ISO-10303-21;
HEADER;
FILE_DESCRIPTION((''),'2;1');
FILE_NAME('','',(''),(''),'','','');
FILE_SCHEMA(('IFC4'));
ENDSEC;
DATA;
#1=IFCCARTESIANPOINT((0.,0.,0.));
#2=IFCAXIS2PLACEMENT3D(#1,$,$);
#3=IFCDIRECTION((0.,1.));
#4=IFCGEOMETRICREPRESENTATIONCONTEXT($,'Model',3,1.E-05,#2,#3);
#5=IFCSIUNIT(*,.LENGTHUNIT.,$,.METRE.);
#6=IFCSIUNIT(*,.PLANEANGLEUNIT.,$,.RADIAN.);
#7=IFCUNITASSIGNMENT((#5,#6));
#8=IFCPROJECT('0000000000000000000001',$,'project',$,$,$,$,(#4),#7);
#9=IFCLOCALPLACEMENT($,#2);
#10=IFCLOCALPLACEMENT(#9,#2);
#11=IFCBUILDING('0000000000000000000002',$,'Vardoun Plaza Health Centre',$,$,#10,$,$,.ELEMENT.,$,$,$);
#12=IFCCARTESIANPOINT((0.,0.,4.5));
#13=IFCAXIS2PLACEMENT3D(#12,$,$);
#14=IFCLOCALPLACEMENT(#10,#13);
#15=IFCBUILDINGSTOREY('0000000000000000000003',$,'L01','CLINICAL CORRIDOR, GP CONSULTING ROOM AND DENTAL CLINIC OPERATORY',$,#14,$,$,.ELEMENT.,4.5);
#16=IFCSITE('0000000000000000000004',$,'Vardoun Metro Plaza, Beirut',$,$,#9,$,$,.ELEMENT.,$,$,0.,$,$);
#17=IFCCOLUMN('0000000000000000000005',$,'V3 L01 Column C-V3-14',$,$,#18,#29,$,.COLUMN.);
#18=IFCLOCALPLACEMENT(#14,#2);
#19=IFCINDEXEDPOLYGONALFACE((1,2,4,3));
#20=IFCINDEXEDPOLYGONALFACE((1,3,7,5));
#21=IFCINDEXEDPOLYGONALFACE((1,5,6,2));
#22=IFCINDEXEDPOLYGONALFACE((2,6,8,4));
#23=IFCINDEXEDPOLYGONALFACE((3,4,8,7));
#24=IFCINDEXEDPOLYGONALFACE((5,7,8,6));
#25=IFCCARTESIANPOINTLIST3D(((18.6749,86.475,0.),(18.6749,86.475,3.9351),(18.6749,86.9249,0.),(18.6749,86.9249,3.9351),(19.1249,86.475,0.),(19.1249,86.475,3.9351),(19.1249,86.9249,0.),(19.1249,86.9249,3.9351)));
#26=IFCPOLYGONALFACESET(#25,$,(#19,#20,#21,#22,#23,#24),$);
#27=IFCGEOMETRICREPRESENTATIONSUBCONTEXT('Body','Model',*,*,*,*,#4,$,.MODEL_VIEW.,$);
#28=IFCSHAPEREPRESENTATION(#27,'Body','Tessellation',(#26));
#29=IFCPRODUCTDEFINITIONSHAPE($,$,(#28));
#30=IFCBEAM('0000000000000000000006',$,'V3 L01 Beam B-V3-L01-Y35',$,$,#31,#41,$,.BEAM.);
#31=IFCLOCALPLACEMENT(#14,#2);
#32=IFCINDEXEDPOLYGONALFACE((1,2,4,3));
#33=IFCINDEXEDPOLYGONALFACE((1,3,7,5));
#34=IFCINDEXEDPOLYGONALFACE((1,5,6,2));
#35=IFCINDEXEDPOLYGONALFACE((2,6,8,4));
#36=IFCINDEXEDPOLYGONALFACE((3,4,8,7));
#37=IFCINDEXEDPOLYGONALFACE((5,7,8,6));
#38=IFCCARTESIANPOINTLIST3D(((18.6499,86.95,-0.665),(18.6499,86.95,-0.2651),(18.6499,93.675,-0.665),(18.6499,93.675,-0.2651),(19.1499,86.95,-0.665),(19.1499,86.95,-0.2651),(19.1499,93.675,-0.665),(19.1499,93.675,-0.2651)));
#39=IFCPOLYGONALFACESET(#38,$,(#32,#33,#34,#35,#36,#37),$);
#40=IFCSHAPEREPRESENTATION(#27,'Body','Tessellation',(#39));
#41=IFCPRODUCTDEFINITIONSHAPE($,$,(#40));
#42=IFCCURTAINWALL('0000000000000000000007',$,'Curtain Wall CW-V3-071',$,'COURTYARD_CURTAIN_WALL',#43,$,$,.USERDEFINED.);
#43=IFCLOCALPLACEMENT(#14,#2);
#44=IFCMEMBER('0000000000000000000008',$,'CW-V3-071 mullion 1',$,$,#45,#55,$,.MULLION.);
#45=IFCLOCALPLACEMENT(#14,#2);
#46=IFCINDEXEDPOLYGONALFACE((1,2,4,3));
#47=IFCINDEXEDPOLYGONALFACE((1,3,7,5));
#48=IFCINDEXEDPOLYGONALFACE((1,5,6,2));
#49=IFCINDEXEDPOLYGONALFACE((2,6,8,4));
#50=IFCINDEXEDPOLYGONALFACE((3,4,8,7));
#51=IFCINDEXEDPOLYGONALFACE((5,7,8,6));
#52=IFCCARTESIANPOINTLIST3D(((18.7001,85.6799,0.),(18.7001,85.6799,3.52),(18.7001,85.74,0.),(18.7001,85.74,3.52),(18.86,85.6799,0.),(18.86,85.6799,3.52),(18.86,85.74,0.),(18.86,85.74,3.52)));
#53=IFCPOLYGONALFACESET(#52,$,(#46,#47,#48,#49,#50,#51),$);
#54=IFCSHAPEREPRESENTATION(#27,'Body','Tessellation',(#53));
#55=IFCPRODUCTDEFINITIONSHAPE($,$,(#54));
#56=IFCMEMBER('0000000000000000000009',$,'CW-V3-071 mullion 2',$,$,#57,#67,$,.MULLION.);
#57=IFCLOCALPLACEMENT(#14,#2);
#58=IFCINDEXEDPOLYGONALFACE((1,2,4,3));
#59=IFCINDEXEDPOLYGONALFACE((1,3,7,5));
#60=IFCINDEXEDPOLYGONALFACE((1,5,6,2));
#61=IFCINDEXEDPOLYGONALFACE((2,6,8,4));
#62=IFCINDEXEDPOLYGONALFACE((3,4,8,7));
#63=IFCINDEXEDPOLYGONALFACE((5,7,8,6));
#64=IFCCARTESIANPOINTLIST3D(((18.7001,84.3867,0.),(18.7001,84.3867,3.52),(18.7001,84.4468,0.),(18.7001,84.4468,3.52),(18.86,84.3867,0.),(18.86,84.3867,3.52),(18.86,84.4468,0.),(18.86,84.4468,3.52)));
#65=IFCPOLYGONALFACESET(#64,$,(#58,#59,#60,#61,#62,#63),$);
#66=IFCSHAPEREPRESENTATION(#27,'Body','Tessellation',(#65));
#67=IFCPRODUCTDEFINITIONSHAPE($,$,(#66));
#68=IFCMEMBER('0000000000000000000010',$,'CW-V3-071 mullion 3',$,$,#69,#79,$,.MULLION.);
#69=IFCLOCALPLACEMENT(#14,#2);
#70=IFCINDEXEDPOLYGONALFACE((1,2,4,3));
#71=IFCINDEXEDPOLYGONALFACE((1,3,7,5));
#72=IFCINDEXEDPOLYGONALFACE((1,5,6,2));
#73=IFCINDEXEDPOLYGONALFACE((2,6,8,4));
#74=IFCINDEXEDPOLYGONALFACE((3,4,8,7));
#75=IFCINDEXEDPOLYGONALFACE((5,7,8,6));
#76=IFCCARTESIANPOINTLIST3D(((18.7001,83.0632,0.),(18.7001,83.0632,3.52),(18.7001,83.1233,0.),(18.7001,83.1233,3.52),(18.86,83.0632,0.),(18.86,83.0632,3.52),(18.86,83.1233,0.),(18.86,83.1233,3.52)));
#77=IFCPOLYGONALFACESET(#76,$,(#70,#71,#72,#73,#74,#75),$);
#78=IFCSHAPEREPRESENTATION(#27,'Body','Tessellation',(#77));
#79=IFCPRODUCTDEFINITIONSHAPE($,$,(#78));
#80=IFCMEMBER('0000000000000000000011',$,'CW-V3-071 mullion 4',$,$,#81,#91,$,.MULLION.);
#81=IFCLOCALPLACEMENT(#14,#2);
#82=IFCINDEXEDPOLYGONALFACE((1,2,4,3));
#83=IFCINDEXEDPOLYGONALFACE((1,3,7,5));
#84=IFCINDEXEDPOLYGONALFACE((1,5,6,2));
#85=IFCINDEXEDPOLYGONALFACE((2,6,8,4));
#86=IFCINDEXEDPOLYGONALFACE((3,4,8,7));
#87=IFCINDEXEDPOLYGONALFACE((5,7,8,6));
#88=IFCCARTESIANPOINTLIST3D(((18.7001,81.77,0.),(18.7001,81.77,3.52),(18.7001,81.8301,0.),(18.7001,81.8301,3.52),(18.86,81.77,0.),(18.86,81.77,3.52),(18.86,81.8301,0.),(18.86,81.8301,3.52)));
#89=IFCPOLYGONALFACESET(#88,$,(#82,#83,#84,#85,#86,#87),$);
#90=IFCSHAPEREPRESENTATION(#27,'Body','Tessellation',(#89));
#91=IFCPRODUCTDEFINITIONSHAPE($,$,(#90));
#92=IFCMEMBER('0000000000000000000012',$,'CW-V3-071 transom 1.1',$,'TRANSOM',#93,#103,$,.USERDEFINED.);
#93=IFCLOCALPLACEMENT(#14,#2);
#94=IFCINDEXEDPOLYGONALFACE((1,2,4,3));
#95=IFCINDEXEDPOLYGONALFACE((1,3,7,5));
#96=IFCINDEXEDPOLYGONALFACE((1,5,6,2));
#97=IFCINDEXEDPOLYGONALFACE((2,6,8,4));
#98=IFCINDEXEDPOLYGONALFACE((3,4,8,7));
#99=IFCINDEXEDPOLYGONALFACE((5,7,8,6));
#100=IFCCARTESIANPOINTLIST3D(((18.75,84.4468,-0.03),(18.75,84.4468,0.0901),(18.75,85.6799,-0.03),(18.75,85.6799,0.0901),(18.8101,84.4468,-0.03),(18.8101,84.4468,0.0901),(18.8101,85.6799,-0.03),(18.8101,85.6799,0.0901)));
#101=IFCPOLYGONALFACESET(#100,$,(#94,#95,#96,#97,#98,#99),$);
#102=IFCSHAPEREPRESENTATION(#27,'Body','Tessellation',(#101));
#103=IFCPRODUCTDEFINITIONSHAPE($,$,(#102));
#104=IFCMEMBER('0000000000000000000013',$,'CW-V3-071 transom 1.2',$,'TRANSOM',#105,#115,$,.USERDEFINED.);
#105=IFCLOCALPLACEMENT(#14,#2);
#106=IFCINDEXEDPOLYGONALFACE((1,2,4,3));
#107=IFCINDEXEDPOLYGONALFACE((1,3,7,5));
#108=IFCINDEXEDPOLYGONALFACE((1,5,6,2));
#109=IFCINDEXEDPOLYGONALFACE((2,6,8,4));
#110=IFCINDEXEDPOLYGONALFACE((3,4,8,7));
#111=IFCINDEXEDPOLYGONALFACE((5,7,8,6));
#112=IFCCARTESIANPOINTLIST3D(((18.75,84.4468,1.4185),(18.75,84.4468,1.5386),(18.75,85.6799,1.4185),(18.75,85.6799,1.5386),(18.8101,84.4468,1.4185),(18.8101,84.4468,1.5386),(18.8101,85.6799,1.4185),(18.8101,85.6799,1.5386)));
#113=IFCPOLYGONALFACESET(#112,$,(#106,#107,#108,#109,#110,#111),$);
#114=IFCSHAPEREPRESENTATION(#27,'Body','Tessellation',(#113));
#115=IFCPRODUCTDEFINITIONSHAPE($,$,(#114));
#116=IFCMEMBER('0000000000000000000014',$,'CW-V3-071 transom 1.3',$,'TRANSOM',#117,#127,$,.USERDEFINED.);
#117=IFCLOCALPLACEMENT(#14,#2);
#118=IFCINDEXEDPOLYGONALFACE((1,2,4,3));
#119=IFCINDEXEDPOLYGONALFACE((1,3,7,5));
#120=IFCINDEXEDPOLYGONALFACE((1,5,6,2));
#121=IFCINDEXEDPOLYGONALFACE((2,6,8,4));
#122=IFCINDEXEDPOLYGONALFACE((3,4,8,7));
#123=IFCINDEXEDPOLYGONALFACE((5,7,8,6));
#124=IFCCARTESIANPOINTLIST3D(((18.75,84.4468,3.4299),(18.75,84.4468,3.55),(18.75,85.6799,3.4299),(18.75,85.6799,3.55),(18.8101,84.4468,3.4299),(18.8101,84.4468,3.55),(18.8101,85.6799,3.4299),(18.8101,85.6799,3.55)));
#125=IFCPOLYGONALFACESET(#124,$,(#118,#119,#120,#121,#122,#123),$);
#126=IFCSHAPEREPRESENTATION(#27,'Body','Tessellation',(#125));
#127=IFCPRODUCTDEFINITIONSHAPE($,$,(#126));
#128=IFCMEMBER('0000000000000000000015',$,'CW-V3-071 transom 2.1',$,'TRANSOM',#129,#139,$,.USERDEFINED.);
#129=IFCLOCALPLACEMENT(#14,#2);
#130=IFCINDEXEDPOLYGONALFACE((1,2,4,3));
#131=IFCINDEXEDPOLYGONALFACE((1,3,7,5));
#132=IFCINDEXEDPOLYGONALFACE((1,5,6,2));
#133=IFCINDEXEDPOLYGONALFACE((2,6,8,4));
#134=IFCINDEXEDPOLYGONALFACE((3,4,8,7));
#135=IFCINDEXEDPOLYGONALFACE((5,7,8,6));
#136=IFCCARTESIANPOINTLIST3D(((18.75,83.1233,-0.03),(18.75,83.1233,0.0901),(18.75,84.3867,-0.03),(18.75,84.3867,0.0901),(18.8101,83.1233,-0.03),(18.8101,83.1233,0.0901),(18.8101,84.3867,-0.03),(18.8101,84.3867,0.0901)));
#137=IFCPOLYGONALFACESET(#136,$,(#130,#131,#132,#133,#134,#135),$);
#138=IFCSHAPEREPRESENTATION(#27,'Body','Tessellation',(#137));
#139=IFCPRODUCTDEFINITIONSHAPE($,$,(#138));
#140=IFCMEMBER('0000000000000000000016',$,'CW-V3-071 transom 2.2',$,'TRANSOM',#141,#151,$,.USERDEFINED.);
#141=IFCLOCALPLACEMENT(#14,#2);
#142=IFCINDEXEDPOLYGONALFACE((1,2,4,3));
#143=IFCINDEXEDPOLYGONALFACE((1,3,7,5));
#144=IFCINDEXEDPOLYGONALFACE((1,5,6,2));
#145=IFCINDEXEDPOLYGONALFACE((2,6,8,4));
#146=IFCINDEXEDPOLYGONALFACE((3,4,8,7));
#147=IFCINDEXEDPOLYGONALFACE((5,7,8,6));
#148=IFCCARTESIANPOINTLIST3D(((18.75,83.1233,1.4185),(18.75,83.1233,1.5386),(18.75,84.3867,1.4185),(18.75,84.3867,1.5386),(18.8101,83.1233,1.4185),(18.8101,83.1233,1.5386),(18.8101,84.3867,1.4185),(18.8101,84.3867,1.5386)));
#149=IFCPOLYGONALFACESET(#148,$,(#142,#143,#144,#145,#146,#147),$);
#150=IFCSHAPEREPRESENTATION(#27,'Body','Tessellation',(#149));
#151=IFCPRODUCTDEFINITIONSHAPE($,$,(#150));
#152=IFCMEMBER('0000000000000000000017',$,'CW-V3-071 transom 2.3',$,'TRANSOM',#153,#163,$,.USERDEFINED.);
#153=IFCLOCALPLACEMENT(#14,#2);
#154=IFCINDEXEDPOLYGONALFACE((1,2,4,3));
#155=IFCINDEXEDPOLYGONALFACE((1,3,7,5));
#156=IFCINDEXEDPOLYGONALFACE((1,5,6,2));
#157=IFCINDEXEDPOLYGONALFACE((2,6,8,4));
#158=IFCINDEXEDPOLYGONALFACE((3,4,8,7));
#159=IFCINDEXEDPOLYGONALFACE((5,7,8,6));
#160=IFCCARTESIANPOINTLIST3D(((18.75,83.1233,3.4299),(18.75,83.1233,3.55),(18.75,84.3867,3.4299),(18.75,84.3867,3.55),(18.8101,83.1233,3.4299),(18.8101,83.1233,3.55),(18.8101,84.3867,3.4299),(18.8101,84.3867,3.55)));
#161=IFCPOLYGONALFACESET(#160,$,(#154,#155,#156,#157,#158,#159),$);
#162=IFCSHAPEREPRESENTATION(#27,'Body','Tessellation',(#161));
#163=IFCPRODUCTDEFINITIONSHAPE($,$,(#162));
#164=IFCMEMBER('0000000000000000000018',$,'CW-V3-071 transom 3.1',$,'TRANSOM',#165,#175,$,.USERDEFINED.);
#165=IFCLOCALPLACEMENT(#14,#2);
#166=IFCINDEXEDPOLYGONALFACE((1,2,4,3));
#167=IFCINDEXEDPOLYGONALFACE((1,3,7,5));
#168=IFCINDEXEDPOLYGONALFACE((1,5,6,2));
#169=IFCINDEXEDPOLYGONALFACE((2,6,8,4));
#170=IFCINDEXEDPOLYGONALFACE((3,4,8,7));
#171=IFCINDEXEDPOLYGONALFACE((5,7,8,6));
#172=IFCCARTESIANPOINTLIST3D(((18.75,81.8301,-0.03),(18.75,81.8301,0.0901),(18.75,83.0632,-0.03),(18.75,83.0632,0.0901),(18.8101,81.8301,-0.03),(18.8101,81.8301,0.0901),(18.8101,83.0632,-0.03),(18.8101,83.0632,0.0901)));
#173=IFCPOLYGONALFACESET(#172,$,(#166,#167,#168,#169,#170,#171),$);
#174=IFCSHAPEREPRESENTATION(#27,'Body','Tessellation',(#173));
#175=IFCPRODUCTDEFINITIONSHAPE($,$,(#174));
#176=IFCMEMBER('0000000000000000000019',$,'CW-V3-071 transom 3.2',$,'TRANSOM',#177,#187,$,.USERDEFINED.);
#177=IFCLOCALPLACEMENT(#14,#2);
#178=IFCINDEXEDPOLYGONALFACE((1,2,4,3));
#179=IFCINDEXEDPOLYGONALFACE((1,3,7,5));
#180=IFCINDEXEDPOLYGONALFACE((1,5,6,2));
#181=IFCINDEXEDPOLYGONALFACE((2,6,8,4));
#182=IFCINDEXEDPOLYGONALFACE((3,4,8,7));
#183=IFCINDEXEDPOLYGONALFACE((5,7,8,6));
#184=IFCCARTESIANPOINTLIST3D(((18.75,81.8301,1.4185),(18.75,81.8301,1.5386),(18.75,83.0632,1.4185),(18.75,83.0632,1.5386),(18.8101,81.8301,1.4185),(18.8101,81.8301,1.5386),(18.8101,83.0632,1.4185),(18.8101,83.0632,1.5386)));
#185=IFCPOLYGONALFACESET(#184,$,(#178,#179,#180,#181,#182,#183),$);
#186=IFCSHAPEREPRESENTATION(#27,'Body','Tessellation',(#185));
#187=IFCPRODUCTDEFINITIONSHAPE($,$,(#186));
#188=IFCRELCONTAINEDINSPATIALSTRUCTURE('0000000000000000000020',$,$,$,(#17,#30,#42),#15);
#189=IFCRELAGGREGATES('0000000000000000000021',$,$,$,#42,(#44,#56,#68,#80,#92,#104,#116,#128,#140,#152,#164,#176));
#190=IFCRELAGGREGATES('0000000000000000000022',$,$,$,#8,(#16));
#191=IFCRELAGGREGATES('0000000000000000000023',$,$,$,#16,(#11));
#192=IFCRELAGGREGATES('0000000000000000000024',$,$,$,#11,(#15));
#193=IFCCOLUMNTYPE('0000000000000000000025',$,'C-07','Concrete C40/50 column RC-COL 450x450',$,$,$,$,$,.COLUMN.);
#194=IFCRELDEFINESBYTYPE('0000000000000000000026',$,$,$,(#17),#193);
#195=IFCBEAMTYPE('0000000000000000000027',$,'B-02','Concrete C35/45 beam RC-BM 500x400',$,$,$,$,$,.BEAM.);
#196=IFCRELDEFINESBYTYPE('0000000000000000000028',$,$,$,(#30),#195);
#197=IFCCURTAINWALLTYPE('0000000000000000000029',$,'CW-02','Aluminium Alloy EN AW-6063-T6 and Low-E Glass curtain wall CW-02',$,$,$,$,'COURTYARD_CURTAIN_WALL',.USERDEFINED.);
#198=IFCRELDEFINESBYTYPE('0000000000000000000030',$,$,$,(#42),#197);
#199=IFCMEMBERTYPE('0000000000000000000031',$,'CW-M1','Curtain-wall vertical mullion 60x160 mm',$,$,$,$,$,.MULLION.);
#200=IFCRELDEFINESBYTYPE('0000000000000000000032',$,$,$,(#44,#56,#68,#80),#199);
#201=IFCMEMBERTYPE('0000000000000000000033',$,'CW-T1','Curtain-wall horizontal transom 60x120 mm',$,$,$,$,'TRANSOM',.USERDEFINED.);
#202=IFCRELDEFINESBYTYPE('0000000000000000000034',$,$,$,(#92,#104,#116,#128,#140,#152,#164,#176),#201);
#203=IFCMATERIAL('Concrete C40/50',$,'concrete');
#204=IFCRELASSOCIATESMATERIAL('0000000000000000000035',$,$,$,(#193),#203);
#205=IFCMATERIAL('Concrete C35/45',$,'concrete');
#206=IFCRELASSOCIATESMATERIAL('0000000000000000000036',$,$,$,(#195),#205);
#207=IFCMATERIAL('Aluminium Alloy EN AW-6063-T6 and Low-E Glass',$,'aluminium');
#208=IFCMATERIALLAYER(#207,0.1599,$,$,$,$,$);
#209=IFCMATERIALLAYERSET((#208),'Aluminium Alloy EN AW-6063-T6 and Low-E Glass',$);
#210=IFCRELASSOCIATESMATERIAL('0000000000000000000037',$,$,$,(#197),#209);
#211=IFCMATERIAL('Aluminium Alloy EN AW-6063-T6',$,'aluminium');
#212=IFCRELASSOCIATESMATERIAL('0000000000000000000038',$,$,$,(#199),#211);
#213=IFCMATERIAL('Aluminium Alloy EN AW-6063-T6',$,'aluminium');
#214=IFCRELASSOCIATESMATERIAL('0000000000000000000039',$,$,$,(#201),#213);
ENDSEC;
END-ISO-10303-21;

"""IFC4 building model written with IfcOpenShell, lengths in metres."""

from ifc_helpers import new_model, si_unit, direction, frame, origin, origin_2d, place, context, subcontext, project, spatial, rectangle, extrude, material, layer, layer_set, material_profile, profile_set, type_object, element, aggregate, save


model = new_model("IFC4")

# Units and contexts
model_context = context("Model", 3, precision=1e-05, world=origin(), true_north=direction((0.0, 1.0)))
body_context = subcontext(model_context, "Body", "Model", "MODEL_VIEW")
ifc_project = project(units=[si_unit("LENGTHUNIT", "METRE"), si_unit("PLANEANGLEUNIT", "RADIAN")], contexts=[model_context])

# Site, building, storey
site_placement = place(None, origin())
site = spatial("IfcSite", under=ifc_project, at=site_placement, Name="Vardoun Metro Plaza, Beirut", CompositionType="ELEMENT", RefElevation=0.0)
building_placement = place(site_placement, origin())
building = spatial("IfcBuilding", under=site, at=building_placement, Name="Vardoun Plaza Health Centre", CompositionType="ELEMENT")
storey_placement = place(building_placement, frame((0.0, 0.0, 4.5)))
storey = spatial("IfcBuildingStorey", under=building, at=storey_placement, Name="L01", Description="CLINICAL CORRIDOR, GP CONSULTING ROOM AND DENTAL CLINIC OPERATORY", CompositionType="ELEMENT", Elevation=4.5)

# Column
ifc_material_1 = material(Name="Concrete C40/50", Category="concrete")
ifc_material_profile_1 = material_profile(ifc_material_1, rectangle(XDim=0.45, YDim=0.45, at=origin_2d()), Name="RC-COL 450x450")
ifc_profile_set_1 = profile_set([ifc_material_profile_1], Name="Concrete C40/50")
column_type = type_object("IfcColumnType", Name="C-07", Description="Concrete C40/50 column RC-COL 450x450", PredefinedType="COLUMN", material=ifc_profile_set_1)
column_placement = place(storey_placement, frame((18.8999, 86.7, 0.0), z_axis=(0.0, 0.0, 1.0), x_axis=(1.0, 0.0, 0.0)))
element("IfcColumn", 1, at=column_placement, inside=storey, type_object=column_type, Name="V3 L01 Column C-V3-14", PredefinedType="COLUMN", context=body_context, shape_type="SweptSolid", body=[
    extrude(rectangle(XDim=0.45, YDim=0.45, at=origin_2d()), origin(), (0.0, 0.0, 1.0), 3.9351),
])

# Beam
ifc_material_2 = material(Name="Concrete C35/45", Category="concrete")
ifc_material_profile_2 = material_profile(ifc_material_2, rectangle(XDim=0.5, YDim=0.3999, at=origin_2d()), Name="RC-BM 500x400")
ifc_profile_set_2 = profile_set([ifc_material_profile_2], Name="Concrete C35/45")
beam_type = type_object("IfcBeamType", Name="B-02", Description="Concrete C35/45 beam RC-BM 500x400", PredefinedType="BEAM", material=ifc_profile_set_2)
beam_placement = place(storey_placement, frame((18.8999, 86.95, -0.4651), z_axis=(0.0, 1.0, 0.0), x_axis=(-1.0, 0.0, 0.0)))
element("IfcBeam", 2, at=beam_placement, inside=storey, type_object=beam_type, Name="V3 L01 Beam B-V3-L01-Y35", PredefinedType="BEAM", context=body_context, shape_type="SweptSolid", body=[
    extrude(rectangle(XDim=0.5, YDim=0.3999, at=origin_2d()), origin(), (0.0, 0.0, 1.0), 6.7251),
])

# Curtain wall, members
ifc_material_3 = material(Name="Aluminium Alloy EN AW-6063-T6 and Low-E Glass", Category="aluminium")
ifc_layer_1 = layer(ifc_material_3, 0.1599)
ifc_layer_set_1 = layer_set([ifc_layer_1], Name="Aluminium Alloy EN AW-6063-T6 and Low-E Glass")
curtain_wall_type = type_object("IfcCurtainWallType", Name="CW-02", Description="Aluminium Alloy EN AW-6063-T6 and Low-E Glass curtain wall CW-02", ElementType="COURTYARD_CURTAIN_WALL", PredefinedType="USERDEFINED", material=ifc_layer_set_1)
curtain_wall_placement = place(storey_placement, origin())
curtain_wall = element("IfcCurtainWall", 3, at=curtain_wall_placement, inside=storey, type_object=curtain_wall_type, Name="Curtain Wall CW-V3-071", ObjectType="COURTYARD_CURTAIN_WALL", PredefinedType="USERDEFINED")
ifc_material_4 = material(Name="Aluminium Alloy EN AW-6063-T6", Category="aluminium")
ifc_material_profile_3 = material_profile(ifc_material_4, rectangle(XDim=0.1599, YDim=0.0601, at=origin_2d()), Name="CWM 60x160")
ifc_profile_set_3 = profile_set([ifc_material_profile_3], Name="Aluminium Alloy EN AW-6063-T6")
member_type_1 = type_object("IfcMemberType", Name="CW-M1", Description="Curtain-wall vertical mullion 60x160 mm", PredefinedType="MULLION", material=ifc_profile_set_3)
member_1_placement = place(storey_placement, frame((18.78, 85.71, 0.0), z_axis=(0.0, 0.0, 1.0), x_axis=(1.0, 0.0, 0.0)))
member_1 = element("IfcMember", 4, at=member_1_placement, type_object=member_type_1, Name="CW-V3-071 mullion 1", PredefinedType="MULLION", context=body_context, shape_type="SweptSolid", body=[
    extrude(rectangle(XDim=0.1599, YDim=0.0601, at=origin_2d()), origin(), (0.0, 0.0, 1.0), 3.52),
])
member_2_placement = place(storey_placement, frame((18.78, 84.4167, 0.0), z_axis=(0.0, 0.0, 1.0), x_axis=(1.0, 0.0, 0.0)))
member_2 = element("IfcMember", 5, at=member_2_placement, type_object=member_type_1, Name="CW-V3-071 mullion 2", PredefinedType="MULLION", context=body_context, shape_type="SweptSolid", body=[
    extrude(rectangle(XDim=0.1599, YDim=0.0601, at=origin_2d()), origin(), (0.0, 0.0, 1.0), 3.52),
])
member_3_placement = place(storey_placement, frame((18.78, 83.0933, 0.0), z_axis=(0.0, 0.0, 1.0), x_axis=(1.0, 0.0, 0.0)))
member_3 = element("IfcMember", 6, at=member_3_placement, type_object=member_type_1, Name="CW-V3-071 mullion 3", PredefinedType="MULLION", context=body_context, shape_type="SweptSolid", body=[
    extrude(rectangle(XDim=0.1599, YDim=0.0601, at=origin_2d()), origin(), (0.0, 0.0, 1.0), 3.52),
])
member_4_placement = place(storey_placement, frame((18.78, 81.8, 0.0), z_axis=(0.0, 0.0, 1.0), x_axis=(1.0, 0.0, 0.0)))
member_4 = element("IfcMember", 7, at=member_4_placement, type_object=member_type_1, Name="CW-V3-071 mullion 4", PredefinedType="MULLION", context=body_context, shape_type="SweptSolid", body=[
    extrude(rectangle(XDim=0.1599, YDim=0.0601, at=origin_2d()), origin(), (0.0, 0.0, 1.0), 3.52),
])
ifc_material_5 = material(Name="Aluminium Alloy EN AW-6063-T6", Category="aluminium")
ifc_material_profile_4 = material_profile(ifc_material_5, rectangle(XDim=0.0601, YDim=0.1201, at=origin_2d()), Name="CWT 60x120")
ifc_profile_set_4 = profile_set([ifc_material_profile_4], Name="Aluminium Alloy EN AW-6063-T6")
member_type_2 = type_object("IfcMemberType", Name="CW-T1", Description="Curtain-wall horizontal transom 60x120 mm", ElementType="TRANSOM", PredefinedType="USERDEFINED", material=ifc_profile_set_4)
member_5_placement = place(storey_placement, frame((18.78, 85.6799, 0.03), z_axis=(0.0, -1.0, 0.0), x_axis=(1.0, 0.0, 0.0)))
member_5 = element("IfcMember", 8, at=member_5_placement, type_object=member_type_2, Name="CW-V3-071 transom 1.1", ObjectType="TRANSOM", PredefinedType="USERDEFINED", context=body_context, shape_type="SweptSolid", body=[
    extrude(rectangle(XDim=0.0601, YDim=0.1201, at=origin_2d()), origin(), (0.0, 0.0, 1.0), 1.2332),
])
member_6_placement = place(storey_placement, frame((18.78, 85.6799, 1.4785), z_axis=(0.0, -1.0, 0.0), x_axis=(1.0, 0.0, 0.0)))
member_6 = element("IfcMember", 9, at=member_6_placement, type_object=member_type_2, Name="CW-V3-071 transom 1.2", ObjectType="TRANSOM", PredefinedType="USERDEFINED", context=body_context, shape_type="SweptSolid", body=[
    extrude(rectangle(XDim=0.0601, YDim=0.1201, at=origin_2d()), origin(), (0.0, 0.0, 1.0), 1.2332),
])
member_7_placement = place(storey_placement, frame((18.78, 85.6799, 3.49), z_axis=(0.0, -1.0, 0.0), x_axis=(1.0, 0.0, 0.0)))
member_7 = element("IfcMember", 10, at=member_7_placement, type_object=member_type_2, Name="CW-V3-071 transom 1.3", ObjectType="TRANSOM", PredefinedType="USERDEFINED", context=body_context, shape_type="SweptSolid", body=[
    extrude(rectangle(XDim=0.0601, YDim=0.1201, at=origin_2d()), origin(), (0.0, 0.0, 1.0), 1.2332),
])
member_8_placement = place(storey_placement, frame((18.78, 84.3867, 0.03), z_axis=(0.0, -1.0, 0.0), x_axis=(1.0, 0.0, 0.0)))
member_8 = element("IfcMember", 11, at=member_8_placement, type_object=member_type_2, Name="CW-V3-071 transom 2.1", ObjectType="TRANSOM", PredefinedType="USERDEFINED", context=body_context, shape_type="SweptSolid", body=[
    extrude(rectangle(XDim=0.0601, YDim=0.1201, at=origin_2d()), origin(), (0.0, 0.0, 1.0), 1.2634),
])
member_9_placement = place(storey_placement, frame((18.78, 84.3867, 1.4785), z_axis=(0.0, -1.0, 0.0), x_axis=(1.0, 0.0, 0.0)))
member_9 = element("IfcMember", 12, at=member_9_placement, type_object=member_type_2, Name="CW-V3-071 transom 2.2", ObjectType="TRANSOM", PredefinedType="USERDEFINED", context=body_context, shape_type="SweptSolid", body=[
    extrude(rectangle(XDim=0.0601, YDim=0.1201, at=origin_2d()), origin(), (0.0, 0.0, 1.0), 1.2634),
])
member_10_placement = place(storey_placement, frame((18.78, 84.3867, 3.49), z_axis=(0.0, -1.0, 0.0), x_axis=(1.0, 0.0, 0.0)))
member_10 = element("IfcMember", 13, at=member_10_placement, type_object=member_type_2, Name="CW-V3-071 transom 2.3", ObjectType="TRANSOM", PredefinedType="USERDEFINED", context=body_context, shape_type="SweptSolid", body=[
    extrude(rectangle(XDim=0.0601, YDim=0.1201, at=origin_2d()), origin(), (0.0, 0.0, 1.0), 1.2634),
])
member_11_placement = place(storey_placement, frame((18.78, 83.0632, 0.03), z_axis=(0.0, -1.0, 0.0), x_axis=(1.0, 0.0, 0.0)))
member_11 = element("IfcMember", 14, at=member_11_placement, type_object=member_type_2, Name="CW-V3-071 transom 3.1", ObjectType="TRANSOM", PredefinedType="USERDEFINED", context=body_context, shape_type="SweptSolid", body=[
    extrude(rectangle(XDim=0.0601, YDim=0.1201, at=origin_2d()), origin(), (0.0, 0.0, 1.0), 1.2332),
])
member_12_placement = place(storey_placement, frame((18.78, 83.0632, 1.4785), z_axis=(0.0, -1.0, 0.0), x_axis=(1.0, 0.0, 0.0)))
member_12 = element("IfcMember", 15, at=member_12_placement, type_object=member_type_2, Name="CW-V3-071 transom 3.2", ObjectType="TRANSOM", PredefinedType="USERDEFINED", context=body_context, shape_type="SweptSolid", body=[
    extrude(rectangle(XDim=0.0601, YDim=0.1201, at=origin_2d()), origin(), (0.0, 0.0, 1.0), 1.2332),
])
aggregate(curtain_wall, [member_1, member_2, member_3, member_4, member_5, member_6, member_7, member_8, member_9, member_10, member_11, member_12])

save(model, "model.ifc")
